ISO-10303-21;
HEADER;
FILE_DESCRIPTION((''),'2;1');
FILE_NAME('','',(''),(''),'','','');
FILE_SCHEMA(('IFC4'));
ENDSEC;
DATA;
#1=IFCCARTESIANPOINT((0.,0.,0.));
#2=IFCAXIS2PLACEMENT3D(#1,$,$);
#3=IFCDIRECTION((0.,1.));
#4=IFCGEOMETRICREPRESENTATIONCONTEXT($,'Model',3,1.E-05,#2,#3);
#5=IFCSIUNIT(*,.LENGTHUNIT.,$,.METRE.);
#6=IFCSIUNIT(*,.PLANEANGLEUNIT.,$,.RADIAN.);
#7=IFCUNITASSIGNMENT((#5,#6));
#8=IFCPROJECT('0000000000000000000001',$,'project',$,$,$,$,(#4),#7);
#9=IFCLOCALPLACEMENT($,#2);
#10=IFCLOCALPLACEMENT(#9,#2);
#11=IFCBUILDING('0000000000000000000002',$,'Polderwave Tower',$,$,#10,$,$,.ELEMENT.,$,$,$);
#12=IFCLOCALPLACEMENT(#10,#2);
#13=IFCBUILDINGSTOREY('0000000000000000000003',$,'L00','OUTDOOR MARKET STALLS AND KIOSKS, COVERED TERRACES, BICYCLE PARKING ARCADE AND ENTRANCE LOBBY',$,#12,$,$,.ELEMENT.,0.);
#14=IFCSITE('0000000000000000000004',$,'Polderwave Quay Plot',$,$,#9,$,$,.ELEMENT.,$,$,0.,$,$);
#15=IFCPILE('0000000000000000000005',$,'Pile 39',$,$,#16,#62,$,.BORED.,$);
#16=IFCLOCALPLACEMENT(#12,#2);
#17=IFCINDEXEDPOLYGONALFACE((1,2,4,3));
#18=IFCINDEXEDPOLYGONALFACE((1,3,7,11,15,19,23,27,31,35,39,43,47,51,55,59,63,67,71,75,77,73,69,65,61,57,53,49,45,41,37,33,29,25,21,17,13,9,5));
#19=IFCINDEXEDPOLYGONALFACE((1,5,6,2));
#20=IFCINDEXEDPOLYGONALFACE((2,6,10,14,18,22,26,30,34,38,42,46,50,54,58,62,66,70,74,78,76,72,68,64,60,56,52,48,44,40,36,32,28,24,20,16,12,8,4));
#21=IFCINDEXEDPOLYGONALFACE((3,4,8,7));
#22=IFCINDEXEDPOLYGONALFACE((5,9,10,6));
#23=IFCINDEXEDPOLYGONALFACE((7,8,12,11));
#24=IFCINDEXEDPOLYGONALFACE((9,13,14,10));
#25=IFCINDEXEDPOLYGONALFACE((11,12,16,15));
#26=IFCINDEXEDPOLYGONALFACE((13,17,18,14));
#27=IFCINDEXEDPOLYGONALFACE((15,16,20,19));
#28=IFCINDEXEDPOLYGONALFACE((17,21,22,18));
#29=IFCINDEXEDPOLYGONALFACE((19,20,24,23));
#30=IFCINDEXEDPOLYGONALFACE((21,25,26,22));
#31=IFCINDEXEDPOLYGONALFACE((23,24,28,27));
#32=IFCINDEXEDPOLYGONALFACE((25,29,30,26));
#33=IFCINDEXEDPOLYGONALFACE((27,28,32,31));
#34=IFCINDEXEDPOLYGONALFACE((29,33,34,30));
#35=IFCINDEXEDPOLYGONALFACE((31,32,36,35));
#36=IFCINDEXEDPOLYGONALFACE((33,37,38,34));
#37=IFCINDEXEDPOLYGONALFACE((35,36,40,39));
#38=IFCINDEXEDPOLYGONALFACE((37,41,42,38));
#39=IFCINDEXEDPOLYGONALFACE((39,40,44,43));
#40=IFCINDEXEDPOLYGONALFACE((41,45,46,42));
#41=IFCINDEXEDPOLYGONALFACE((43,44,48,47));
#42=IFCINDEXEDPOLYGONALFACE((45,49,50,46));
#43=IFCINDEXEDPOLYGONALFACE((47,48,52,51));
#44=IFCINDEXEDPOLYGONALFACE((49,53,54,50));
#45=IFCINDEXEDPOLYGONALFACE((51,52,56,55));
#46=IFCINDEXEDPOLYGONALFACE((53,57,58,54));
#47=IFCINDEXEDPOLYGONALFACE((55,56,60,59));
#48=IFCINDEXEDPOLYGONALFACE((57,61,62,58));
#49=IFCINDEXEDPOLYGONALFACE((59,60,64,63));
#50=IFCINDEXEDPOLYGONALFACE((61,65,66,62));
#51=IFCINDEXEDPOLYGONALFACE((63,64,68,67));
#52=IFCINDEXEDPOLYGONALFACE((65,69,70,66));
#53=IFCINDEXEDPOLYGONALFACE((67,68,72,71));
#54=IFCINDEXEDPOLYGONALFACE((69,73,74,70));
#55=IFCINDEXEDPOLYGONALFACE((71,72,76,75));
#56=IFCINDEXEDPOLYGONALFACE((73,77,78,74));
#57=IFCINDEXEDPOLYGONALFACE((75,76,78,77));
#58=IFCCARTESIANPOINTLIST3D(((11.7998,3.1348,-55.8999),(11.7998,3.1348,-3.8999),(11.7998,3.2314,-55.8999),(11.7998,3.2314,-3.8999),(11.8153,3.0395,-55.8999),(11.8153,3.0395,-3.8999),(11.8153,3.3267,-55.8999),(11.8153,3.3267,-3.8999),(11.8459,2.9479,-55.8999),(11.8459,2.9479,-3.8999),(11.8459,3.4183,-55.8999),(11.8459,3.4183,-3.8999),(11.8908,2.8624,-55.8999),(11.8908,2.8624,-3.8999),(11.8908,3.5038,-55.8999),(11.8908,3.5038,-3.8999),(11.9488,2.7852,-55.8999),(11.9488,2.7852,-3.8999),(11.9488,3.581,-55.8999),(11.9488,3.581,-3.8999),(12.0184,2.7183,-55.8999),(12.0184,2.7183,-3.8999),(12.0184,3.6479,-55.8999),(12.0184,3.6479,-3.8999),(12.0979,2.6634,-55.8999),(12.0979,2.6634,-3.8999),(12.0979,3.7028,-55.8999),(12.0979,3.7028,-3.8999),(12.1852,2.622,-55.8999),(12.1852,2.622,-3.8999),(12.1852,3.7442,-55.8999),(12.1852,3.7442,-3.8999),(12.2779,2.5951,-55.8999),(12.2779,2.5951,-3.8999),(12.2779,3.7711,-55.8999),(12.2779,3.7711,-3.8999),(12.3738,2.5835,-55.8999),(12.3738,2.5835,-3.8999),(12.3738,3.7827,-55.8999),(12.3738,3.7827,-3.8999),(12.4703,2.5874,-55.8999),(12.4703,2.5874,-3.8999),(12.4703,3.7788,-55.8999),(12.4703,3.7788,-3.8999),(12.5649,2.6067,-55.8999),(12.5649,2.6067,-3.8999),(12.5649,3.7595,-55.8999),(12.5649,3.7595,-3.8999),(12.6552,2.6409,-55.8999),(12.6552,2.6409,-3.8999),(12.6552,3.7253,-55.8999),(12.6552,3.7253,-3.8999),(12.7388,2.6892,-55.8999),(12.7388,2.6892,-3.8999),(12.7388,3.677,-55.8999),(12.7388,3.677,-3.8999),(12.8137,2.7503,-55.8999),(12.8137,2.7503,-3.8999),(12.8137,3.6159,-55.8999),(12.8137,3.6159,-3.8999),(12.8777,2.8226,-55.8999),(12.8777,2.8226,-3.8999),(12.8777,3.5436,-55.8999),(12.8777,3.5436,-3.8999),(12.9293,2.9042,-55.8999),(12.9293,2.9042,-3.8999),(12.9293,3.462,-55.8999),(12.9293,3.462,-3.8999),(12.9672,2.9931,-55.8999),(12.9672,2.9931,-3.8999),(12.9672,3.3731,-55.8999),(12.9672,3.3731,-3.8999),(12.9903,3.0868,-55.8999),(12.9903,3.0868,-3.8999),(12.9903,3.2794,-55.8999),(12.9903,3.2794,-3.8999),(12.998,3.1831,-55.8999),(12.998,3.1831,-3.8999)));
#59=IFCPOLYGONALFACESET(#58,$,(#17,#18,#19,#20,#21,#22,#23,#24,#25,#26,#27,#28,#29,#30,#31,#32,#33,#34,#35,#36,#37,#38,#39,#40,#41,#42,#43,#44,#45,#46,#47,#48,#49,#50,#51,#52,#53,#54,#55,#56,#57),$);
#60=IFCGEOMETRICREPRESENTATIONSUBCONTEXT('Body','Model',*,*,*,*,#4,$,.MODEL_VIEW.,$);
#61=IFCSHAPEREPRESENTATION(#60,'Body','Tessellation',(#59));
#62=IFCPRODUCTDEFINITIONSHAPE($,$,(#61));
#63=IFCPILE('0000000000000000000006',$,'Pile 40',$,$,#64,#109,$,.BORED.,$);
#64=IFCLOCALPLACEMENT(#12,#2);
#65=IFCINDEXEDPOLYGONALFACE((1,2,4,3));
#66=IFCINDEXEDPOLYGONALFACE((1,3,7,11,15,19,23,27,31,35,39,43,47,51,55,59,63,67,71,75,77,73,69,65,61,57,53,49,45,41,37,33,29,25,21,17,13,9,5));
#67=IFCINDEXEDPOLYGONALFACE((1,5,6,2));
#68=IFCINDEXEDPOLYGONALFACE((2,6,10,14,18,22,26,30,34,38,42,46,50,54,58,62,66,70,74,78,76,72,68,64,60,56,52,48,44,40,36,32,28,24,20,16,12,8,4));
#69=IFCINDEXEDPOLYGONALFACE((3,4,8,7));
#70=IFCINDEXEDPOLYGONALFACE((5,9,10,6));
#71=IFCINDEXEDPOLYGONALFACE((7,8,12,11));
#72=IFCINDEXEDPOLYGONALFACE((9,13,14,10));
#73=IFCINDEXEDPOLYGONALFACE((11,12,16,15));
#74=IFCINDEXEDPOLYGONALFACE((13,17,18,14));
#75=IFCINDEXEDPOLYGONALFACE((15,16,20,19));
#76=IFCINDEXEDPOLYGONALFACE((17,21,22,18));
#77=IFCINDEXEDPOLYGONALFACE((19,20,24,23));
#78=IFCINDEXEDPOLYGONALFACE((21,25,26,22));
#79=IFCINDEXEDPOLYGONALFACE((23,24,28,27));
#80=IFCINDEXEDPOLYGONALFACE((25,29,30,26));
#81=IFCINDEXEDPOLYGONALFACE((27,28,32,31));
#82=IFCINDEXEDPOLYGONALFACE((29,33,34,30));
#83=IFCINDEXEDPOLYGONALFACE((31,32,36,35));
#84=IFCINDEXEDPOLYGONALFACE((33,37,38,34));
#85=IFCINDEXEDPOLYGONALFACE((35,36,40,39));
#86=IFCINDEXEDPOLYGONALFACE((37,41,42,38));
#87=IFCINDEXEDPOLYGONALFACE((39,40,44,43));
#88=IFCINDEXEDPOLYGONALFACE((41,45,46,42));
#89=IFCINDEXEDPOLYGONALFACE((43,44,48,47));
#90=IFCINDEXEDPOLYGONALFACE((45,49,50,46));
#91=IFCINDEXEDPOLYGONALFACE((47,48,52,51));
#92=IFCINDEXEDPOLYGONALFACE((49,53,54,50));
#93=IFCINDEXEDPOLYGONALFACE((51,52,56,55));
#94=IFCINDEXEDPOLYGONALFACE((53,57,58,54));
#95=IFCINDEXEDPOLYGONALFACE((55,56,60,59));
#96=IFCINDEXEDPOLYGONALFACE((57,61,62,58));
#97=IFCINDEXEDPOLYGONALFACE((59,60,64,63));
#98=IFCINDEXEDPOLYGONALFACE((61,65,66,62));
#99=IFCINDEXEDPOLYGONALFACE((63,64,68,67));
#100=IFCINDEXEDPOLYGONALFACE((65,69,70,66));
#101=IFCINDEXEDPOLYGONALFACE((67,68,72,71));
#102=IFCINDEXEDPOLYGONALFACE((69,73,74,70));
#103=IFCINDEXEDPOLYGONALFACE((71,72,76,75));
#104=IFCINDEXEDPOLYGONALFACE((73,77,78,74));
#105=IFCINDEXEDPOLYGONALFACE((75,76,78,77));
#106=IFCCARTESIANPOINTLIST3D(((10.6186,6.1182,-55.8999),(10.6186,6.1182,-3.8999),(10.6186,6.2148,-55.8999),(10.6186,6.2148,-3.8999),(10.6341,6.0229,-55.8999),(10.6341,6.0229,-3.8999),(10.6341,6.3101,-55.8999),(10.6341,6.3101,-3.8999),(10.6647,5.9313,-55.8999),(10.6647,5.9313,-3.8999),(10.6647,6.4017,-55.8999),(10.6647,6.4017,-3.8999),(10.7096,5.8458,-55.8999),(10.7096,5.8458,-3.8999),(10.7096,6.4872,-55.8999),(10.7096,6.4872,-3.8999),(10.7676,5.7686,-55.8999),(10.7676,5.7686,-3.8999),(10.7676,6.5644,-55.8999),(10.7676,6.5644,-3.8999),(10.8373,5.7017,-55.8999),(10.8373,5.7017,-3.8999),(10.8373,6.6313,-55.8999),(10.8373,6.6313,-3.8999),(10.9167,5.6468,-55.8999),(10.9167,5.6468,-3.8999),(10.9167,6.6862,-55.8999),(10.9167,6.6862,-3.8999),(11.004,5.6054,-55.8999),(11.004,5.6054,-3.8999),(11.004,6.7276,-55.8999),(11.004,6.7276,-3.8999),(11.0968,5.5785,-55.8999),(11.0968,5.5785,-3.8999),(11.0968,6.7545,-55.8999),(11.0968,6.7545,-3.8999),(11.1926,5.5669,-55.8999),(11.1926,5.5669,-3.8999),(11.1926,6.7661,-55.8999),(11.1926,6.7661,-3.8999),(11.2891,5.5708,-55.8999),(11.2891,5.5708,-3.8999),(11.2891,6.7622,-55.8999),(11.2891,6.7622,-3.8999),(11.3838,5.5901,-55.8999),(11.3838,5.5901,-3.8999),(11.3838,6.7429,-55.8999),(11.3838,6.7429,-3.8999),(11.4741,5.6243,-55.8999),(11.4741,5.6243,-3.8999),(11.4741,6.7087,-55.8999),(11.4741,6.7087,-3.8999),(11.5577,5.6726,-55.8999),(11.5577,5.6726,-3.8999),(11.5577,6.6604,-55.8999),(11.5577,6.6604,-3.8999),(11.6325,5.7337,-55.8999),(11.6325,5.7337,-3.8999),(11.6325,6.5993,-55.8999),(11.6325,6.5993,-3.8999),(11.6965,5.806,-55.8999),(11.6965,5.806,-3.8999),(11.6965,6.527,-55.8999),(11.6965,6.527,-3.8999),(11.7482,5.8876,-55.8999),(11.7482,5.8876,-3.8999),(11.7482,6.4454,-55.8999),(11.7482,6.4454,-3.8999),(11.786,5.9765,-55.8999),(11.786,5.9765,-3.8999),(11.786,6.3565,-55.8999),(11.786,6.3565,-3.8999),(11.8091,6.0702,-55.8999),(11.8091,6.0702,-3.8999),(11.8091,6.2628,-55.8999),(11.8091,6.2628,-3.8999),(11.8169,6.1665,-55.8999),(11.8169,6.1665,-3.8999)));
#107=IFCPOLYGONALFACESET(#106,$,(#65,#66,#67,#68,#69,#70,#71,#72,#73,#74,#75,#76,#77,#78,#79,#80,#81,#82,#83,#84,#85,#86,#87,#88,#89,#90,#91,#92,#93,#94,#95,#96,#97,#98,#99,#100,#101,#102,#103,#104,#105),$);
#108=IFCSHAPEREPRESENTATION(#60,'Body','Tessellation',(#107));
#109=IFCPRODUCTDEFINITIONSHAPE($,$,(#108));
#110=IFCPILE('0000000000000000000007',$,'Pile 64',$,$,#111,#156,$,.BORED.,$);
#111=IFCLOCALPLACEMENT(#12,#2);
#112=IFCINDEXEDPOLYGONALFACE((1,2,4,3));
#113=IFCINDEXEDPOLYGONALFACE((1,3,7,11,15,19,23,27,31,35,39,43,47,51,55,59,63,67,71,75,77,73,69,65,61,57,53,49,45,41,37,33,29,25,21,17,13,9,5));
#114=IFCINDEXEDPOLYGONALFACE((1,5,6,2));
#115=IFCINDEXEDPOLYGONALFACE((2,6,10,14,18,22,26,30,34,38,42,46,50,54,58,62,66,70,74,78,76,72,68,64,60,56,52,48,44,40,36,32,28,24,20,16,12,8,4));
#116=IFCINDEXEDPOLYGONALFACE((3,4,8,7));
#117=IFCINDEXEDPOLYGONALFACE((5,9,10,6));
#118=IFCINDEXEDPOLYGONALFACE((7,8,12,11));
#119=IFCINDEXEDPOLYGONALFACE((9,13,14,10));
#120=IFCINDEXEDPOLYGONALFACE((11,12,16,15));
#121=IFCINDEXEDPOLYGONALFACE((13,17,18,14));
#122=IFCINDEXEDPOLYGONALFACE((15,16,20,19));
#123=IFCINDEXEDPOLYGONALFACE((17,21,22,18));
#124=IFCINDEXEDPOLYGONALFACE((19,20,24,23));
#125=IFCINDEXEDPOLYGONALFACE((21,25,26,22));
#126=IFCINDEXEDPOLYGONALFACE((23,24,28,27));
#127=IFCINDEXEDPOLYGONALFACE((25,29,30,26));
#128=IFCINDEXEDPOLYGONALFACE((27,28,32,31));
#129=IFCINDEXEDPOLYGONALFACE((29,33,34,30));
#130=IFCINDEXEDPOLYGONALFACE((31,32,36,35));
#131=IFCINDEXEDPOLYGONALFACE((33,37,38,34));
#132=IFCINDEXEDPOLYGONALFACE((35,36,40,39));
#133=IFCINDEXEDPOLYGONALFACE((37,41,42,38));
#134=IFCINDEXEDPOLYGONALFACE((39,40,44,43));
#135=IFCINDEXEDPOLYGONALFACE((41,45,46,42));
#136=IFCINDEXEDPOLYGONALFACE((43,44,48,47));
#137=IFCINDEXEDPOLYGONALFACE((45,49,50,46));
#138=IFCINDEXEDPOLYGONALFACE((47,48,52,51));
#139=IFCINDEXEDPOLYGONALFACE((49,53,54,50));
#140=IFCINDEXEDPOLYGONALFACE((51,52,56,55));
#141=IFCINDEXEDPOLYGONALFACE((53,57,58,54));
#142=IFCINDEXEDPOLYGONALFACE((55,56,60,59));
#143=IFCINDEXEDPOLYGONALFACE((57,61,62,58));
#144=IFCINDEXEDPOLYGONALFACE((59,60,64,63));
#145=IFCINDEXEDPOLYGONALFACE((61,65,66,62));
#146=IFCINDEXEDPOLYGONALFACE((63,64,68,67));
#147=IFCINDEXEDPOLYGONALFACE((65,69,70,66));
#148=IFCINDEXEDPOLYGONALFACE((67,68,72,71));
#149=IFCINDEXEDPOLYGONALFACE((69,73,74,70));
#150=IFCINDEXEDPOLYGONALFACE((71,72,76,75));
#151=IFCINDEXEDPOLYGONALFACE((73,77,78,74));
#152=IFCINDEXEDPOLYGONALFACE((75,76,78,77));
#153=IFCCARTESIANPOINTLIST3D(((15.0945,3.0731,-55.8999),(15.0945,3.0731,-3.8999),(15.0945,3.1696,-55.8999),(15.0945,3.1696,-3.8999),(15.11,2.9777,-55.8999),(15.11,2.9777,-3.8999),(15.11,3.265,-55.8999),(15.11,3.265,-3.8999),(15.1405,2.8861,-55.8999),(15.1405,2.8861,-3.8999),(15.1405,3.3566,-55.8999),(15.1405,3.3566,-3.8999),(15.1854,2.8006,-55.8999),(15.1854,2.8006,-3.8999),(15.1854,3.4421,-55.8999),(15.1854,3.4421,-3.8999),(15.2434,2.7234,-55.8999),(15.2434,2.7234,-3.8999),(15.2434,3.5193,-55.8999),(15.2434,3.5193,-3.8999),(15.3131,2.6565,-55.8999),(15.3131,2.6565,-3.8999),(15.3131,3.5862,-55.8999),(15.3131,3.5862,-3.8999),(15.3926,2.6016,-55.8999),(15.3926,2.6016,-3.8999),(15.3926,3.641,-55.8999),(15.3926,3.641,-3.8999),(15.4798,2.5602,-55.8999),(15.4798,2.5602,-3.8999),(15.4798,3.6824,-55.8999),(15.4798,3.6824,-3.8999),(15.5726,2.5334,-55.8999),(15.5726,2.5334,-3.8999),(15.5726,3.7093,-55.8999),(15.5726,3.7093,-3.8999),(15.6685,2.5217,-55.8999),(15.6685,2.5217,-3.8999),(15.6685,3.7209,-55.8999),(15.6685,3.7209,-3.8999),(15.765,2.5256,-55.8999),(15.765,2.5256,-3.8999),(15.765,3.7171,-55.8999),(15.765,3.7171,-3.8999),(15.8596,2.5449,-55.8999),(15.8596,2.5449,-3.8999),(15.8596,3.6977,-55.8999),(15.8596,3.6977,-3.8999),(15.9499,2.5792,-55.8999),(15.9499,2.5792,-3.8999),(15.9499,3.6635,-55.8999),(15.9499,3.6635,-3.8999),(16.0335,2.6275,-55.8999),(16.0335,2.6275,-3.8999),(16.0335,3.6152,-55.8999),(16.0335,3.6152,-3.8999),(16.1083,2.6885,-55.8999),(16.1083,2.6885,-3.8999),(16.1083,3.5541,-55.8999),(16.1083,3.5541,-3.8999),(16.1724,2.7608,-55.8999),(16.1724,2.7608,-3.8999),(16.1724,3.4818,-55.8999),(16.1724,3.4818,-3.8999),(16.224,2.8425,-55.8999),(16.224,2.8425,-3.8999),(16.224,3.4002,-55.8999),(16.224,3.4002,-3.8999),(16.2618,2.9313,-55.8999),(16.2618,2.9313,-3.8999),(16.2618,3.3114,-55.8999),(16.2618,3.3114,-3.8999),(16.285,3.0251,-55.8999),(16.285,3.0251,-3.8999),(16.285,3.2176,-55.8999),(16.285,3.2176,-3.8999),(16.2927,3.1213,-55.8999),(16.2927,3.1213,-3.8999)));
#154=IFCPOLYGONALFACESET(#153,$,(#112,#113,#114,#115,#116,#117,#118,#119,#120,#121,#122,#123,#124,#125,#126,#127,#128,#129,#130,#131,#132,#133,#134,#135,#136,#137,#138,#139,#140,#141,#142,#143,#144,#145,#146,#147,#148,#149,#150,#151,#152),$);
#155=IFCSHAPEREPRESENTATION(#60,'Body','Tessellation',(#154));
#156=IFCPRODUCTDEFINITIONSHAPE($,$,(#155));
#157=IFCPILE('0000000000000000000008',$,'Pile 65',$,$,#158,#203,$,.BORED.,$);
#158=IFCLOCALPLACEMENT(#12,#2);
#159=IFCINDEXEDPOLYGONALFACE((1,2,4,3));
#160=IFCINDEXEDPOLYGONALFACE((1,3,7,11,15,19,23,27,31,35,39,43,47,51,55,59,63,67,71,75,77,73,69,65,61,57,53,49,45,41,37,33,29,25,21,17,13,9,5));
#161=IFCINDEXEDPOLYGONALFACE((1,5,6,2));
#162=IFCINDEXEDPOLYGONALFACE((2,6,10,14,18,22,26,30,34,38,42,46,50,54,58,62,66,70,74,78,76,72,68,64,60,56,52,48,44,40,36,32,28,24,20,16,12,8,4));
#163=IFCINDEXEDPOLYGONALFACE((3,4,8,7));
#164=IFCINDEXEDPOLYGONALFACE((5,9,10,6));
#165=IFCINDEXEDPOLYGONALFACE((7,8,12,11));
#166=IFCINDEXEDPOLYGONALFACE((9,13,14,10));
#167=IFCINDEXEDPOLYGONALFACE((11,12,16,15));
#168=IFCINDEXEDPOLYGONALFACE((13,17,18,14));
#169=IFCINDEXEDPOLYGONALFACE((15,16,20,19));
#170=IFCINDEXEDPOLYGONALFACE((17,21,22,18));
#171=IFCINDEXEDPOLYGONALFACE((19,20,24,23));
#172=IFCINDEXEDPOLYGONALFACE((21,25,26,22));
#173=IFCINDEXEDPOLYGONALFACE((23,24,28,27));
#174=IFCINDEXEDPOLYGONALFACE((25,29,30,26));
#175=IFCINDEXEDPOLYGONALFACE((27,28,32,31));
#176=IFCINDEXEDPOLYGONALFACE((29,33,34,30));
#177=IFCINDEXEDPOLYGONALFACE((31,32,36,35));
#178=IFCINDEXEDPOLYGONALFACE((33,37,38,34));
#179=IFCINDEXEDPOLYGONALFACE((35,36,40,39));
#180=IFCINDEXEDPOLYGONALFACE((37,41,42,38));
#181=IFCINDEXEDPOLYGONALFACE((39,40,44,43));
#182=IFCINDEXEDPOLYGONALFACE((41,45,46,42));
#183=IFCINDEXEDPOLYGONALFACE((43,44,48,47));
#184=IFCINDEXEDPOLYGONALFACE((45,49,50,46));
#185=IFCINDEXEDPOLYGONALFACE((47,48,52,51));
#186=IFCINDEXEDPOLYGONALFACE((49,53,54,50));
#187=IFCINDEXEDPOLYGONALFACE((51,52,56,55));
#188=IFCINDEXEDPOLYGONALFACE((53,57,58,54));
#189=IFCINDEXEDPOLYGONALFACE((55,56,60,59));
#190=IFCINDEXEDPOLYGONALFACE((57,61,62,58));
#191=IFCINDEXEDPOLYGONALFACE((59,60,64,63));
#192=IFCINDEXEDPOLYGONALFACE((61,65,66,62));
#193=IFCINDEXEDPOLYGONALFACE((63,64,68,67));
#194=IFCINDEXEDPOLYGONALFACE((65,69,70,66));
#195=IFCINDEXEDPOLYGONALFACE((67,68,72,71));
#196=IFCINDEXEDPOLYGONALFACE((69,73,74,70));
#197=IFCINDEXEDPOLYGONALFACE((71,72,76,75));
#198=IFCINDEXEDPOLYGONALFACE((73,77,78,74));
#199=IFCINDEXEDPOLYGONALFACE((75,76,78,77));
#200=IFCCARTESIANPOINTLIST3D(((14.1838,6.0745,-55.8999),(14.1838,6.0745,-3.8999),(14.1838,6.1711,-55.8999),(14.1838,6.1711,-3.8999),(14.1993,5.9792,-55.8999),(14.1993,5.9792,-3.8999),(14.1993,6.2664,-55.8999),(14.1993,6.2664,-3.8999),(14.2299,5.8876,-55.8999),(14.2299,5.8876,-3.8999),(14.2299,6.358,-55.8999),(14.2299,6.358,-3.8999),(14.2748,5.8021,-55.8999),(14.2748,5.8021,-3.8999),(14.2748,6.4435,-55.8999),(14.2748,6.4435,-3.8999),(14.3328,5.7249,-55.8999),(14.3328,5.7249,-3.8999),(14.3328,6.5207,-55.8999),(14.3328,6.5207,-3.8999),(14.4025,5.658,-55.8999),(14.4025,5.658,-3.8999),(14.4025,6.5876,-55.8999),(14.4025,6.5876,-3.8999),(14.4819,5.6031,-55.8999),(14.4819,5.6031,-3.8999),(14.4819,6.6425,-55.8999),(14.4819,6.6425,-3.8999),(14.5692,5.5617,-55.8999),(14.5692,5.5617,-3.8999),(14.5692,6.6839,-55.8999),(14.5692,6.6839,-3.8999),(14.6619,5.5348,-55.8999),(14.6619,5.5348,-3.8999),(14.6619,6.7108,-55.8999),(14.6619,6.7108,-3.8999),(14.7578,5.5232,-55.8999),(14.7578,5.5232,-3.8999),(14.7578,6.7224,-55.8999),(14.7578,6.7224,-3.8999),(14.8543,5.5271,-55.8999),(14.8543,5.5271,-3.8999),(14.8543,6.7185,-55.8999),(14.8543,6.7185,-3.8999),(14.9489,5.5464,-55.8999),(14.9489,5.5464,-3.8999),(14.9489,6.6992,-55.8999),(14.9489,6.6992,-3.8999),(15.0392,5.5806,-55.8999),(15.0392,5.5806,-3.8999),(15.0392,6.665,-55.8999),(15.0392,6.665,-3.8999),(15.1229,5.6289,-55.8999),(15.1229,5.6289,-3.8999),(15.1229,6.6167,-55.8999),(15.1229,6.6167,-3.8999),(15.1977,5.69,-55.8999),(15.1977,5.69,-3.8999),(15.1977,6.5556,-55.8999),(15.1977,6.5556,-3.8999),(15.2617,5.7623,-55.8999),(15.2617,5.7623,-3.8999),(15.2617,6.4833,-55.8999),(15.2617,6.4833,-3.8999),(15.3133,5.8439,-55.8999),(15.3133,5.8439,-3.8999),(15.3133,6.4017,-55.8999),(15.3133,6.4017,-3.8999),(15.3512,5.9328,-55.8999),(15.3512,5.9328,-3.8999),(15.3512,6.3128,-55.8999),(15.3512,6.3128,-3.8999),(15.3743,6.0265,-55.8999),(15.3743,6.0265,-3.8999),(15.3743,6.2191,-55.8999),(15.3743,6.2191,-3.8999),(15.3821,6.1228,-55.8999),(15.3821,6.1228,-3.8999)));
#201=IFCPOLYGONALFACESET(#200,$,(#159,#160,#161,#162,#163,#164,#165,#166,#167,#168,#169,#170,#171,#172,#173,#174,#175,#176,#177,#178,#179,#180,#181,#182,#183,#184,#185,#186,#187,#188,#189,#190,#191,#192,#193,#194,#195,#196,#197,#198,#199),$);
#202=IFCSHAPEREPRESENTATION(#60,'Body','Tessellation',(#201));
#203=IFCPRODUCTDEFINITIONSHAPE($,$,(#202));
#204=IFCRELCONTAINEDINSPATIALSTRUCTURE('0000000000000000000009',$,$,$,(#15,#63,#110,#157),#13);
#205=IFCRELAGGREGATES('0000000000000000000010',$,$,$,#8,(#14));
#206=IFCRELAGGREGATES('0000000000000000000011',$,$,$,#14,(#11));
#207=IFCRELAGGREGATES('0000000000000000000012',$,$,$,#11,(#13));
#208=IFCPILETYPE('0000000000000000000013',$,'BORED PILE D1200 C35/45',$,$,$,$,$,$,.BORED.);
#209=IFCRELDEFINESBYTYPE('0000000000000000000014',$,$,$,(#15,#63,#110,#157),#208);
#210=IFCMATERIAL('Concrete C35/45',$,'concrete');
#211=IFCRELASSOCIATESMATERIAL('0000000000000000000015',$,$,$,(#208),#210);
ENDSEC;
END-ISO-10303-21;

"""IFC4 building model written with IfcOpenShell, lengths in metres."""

from ifc_helpers import new_model, si_unit, direction, frame, origin, origin_2d, place, context, subcontext, project, spatial, circle, extrude, material, material_profile, profile_set, type_object, element, save


model = new_model("IFC4")

# Units and contexts
model_context = context("Model", 3, precision=1e-05, world=origin(), true_north=direction((0.0, 1.0)))
body_context = subcontext(model_context, "Body", "Model", "MODEL_VIEW")
ifc_project = project(units=[si_unit("LENGTHUNIT", "METRE"), si_unit("PLANEANGLEUNIT", "RADIAN")], contexts=[model_context])

# Site, building, storey
site_placement = place(None, origin())
site = spatial("IfcSite", under=ifc_project, at=site_placement, Name="Polderwave Quay Plot", CompositionType="ELEMENT", RefElevation=0.0)
building_placement = place(site_placement, origin())
building = spatial("IfcBuilding", under=site, at=building_placement, Name="Polderwave Tower", CompositionType="ELEMENT")
storey_placement = place(building_placement, origin())
storey = spatial("IfcBuildingStorey", under=building, at=storey_placement, Name="L00", Description="OUTDOOR MARKET STALLS AND KIOSKS, COVERED TERRACES, BICYCLE PARKING ARCADE AND ENTRANCE LOBBY", CompositionType="ELEMENT", Elevation=0.0)

# Piles
ifc_material_1 = material(Name="Concrete C35/45", Category="concrete")
ifc_material_profile_1 = material_profile(ifc_material_1, circle(Radius=0.6001, at=origin_2d()), Name="BORED D1200")
ifc_profile_set_1 = profile_set([ifc_material_profile_1], Name="Concrete C35/45")
pile_type = type_object("IfcPileType", Name="BORED PILE D1200 C35/45", PredefinedType="BORED", material=ifc_profile_set_1)
for number, where, z_axis, x_axis, name in (
    (1, (12.3979, 3.1831, -3.8999), (0.0, 0.0, -1.0), (1.0, 0.0, 0.0), "Pile 39"),
    (2, (11.2168, 6.1665, -3.8999), (0.0, 0.0, -1.0), (1.0, 0.0, 0.0), "Pile 40"),
    (3, (15.6926, 3.1213, -3.8999), (0.0, 0.0, -1.0), (1.0, 0.0, 0.0), "Pile 64"),
    (4, (14.782, 6.1228, -3.8999), (0.0, 0.0, -1.0), (1.0, 0.0, 0.0), "Pile 65"),
):
    element("IfcPile", number, at=place(storey_placement, frame(where, z_axis=z_axis, x_axis=x_axis)), inside=storey, type_object=pile_type, Name=name, PredefinedType="BORED", context=body_context, shape_type="SweptSolid", body=[
        extrude(circle(Radius=0.6001, at=origin_2d()), origin(), (0.0, 0.0, 1.0), 52.0),
    ])

save(model, "model.ifc")
